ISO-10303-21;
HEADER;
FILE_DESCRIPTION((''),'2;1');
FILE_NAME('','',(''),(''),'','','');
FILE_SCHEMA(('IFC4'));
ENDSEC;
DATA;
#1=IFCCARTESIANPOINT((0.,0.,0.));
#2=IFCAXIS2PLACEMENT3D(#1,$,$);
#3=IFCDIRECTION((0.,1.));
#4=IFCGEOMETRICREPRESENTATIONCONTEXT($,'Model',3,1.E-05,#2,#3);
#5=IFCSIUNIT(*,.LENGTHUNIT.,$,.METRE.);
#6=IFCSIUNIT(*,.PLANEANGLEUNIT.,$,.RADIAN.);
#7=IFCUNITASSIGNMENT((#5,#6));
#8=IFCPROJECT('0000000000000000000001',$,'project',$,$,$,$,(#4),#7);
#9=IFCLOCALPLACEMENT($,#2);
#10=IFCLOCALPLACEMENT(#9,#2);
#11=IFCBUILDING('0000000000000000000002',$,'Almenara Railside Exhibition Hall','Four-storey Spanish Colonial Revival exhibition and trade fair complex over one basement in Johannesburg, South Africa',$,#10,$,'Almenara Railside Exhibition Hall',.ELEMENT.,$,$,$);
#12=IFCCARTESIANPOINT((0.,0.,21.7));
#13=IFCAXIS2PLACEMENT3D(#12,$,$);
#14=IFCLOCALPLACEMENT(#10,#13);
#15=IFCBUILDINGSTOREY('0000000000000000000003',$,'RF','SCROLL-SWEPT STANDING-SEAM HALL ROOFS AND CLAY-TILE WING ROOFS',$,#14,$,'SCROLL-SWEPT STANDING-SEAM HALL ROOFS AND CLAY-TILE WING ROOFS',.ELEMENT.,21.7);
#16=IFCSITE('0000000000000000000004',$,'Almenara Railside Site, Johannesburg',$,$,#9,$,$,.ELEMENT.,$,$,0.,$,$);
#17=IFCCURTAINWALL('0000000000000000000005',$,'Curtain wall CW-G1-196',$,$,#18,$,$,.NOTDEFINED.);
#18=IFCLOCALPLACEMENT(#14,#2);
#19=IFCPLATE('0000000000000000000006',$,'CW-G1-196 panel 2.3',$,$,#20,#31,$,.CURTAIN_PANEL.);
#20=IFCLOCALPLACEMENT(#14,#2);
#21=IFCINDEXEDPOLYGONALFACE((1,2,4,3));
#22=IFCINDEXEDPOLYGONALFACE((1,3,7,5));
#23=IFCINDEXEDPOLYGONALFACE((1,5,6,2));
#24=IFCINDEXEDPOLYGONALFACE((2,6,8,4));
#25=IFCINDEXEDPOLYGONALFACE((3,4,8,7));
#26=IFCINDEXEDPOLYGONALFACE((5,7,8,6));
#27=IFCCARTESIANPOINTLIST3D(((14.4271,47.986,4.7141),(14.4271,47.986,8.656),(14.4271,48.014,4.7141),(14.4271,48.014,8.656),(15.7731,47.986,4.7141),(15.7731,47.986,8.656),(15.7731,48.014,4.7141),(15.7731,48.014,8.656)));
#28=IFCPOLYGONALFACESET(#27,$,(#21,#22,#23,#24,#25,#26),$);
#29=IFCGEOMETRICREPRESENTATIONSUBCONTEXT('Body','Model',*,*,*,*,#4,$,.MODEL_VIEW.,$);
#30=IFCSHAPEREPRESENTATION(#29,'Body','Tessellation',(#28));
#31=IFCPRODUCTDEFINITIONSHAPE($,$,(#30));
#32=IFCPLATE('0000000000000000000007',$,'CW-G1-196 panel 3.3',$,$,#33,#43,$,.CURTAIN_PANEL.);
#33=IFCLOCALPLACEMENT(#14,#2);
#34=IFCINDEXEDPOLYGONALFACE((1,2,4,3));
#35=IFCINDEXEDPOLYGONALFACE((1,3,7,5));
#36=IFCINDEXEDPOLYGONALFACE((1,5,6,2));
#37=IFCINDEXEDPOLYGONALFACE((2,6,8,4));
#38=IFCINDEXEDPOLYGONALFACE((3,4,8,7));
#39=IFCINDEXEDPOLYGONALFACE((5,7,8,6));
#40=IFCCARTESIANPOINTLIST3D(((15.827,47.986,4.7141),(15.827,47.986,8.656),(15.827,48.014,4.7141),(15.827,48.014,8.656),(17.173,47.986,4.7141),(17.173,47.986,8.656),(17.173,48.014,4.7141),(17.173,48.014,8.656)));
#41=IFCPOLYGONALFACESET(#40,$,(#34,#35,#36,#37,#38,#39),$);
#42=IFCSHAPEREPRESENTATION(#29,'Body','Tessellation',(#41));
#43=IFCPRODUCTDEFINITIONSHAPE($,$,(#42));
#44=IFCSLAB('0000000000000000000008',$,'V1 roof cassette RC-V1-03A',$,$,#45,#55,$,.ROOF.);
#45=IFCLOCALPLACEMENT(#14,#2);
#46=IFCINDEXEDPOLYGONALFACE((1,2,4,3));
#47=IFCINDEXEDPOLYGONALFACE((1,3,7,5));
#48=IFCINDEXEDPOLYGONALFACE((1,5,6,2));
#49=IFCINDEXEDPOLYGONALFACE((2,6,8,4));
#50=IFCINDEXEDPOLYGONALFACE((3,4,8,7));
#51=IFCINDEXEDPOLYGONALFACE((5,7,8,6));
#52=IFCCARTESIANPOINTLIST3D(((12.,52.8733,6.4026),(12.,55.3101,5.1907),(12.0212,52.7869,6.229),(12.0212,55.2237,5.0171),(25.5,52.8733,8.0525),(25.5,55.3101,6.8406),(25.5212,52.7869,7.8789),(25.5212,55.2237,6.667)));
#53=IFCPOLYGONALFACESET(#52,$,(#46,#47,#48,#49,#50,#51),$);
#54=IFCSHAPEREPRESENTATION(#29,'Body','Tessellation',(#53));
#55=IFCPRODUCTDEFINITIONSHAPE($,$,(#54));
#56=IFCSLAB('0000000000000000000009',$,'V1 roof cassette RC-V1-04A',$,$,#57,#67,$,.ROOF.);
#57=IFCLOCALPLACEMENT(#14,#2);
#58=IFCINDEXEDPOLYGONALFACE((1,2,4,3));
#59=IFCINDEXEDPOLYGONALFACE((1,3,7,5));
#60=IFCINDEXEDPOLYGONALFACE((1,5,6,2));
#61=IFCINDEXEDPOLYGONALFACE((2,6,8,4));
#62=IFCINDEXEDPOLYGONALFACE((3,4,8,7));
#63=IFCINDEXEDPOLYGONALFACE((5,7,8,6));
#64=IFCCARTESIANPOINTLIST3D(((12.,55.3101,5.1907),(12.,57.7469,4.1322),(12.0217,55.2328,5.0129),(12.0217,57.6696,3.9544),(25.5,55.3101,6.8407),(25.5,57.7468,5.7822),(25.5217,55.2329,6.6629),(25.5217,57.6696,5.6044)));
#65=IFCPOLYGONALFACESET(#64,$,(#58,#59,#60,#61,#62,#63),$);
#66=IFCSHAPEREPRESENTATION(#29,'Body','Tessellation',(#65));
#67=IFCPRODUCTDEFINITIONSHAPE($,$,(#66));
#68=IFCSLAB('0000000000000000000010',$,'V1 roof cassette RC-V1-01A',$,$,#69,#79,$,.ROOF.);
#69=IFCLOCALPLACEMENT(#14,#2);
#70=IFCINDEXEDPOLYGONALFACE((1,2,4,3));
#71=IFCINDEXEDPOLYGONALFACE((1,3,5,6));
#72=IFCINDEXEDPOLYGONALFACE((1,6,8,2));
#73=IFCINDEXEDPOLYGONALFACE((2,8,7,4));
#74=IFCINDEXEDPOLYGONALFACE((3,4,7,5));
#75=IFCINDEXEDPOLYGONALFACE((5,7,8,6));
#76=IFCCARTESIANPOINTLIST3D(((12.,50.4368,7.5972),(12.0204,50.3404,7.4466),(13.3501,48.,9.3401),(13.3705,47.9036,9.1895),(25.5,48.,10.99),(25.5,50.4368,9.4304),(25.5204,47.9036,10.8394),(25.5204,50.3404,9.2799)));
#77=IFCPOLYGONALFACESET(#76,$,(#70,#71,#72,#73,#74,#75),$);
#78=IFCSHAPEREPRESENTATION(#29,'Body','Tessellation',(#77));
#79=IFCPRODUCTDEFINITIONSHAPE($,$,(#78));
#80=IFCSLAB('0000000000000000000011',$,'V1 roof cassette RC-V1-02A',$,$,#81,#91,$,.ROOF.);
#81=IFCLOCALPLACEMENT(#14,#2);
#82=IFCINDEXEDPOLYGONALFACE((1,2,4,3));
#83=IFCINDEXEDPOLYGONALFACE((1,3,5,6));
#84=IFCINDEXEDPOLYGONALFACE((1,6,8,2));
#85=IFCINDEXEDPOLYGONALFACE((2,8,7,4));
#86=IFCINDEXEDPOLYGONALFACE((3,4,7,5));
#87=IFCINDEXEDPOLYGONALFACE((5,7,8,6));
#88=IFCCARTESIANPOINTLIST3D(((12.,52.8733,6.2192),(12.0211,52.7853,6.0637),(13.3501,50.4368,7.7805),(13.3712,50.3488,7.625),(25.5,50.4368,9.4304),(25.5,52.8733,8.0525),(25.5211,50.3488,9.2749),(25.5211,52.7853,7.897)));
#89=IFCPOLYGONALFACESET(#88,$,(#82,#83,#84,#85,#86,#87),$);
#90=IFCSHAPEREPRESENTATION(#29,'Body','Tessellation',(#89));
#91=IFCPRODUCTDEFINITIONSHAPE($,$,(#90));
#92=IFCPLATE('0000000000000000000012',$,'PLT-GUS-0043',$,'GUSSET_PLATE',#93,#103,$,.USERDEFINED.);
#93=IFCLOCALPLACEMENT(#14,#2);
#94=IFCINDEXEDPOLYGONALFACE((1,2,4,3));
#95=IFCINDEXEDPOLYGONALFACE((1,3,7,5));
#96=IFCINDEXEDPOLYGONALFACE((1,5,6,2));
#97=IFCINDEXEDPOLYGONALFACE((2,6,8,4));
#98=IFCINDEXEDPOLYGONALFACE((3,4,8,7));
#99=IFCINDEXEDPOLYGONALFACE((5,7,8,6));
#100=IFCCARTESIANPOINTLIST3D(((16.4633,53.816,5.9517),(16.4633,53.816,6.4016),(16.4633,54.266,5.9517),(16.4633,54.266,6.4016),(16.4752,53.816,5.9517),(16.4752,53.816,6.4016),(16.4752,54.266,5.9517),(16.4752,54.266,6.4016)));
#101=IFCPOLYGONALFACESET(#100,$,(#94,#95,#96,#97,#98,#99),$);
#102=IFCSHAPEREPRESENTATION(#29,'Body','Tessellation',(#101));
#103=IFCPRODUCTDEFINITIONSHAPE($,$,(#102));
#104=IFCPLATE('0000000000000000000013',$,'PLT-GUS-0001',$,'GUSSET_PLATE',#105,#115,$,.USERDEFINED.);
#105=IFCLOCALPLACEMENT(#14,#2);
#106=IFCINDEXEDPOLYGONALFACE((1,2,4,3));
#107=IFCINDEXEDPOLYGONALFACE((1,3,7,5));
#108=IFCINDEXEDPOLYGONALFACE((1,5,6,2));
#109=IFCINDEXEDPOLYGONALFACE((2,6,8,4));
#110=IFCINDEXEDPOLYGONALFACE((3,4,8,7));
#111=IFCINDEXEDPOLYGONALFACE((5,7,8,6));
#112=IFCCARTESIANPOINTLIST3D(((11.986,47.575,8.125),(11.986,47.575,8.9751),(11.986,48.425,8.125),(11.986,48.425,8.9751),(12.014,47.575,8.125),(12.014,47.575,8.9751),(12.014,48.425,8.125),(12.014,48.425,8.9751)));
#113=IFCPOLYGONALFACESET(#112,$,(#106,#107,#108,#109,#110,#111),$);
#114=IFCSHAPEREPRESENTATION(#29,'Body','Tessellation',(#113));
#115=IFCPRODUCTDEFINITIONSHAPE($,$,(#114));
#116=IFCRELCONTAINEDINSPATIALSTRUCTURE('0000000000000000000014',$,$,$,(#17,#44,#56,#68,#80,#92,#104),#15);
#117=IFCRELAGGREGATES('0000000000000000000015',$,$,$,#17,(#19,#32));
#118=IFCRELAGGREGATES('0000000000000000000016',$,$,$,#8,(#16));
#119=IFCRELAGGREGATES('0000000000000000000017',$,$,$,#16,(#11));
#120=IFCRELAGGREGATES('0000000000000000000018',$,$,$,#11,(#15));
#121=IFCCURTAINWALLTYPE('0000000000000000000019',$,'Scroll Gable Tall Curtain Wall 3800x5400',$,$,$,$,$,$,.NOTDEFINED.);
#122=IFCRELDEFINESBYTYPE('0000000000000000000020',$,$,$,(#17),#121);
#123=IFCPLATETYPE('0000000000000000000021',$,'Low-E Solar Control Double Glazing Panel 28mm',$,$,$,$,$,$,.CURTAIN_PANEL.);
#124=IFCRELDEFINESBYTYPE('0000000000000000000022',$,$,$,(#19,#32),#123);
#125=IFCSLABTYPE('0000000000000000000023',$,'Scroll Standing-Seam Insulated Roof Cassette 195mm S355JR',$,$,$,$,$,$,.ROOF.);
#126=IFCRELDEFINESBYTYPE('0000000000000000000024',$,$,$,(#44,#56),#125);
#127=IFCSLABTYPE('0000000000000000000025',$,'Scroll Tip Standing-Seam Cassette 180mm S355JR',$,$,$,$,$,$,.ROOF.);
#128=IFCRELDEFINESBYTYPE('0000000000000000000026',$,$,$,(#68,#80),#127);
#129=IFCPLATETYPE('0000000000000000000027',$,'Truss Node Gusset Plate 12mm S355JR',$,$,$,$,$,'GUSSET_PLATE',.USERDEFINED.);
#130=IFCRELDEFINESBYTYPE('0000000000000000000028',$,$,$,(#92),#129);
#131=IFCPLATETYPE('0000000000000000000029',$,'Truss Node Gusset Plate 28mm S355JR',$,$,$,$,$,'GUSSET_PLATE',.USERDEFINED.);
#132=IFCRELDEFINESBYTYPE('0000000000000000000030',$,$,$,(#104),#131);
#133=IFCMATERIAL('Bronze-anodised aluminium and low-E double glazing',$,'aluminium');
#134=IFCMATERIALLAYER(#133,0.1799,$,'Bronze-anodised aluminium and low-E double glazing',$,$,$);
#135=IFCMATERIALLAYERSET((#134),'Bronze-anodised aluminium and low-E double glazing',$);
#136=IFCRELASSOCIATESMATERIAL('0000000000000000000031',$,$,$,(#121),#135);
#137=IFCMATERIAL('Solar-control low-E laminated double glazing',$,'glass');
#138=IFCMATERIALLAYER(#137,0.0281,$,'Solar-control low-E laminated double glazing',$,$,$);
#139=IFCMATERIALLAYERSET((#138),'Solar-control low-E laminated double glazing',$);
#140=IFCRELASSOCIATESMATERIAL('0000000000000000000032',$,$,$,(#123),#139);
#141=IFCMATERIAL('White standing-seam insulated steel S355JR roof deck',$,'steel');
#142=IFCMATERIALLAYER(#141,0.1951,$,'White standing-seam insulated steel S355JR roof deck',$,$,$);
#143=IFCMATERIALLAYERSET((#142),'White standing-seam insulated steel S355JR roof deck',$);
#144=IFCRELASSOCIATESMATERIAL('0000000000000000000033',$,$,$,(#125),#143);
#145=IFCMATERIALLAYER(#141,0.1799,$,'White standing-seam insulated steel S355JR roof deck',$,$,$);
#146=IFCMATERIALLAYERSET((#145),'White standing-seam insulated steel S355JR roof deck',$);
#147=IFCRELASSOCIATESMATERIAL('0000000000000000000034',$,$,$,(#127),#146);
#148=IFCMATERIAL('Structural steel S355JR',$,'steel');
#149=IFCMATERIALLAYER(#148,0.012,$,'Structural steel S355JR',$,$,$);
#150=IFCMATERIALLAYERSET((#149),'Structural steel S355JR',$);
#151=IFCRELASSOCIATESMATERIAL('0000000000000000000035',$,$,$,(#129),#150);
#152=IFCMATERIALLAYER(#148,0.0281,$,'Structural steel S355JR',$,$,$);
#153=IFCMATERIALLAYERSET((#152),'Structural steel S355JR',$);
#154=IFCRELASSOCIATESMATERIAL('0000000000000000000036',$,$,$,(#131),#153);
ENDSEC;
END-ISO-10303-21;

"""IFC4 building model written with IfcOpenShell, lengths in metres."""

from ifc_helpers import new_model, si_unit, direction, frame, origin, origin_2d, place, context, subcontext, project, spatial, polyline, rectangle, outline, extrude, material, layer, layer_set, type_object, element, aggregate, save


model = new_model("IFC4")

# Units and contexts
model_context = context("Model", 3, precision=1e-05, world=origin(), true_north=direction((0.0, 1.0)))
body_context = subcontext(model_context, "Body", "Model", "MODEL_VIEW")
ifc_project = project(units=[si_unit("LENGTHUNIT", "METRE"), si_unit("PLANEANGLEUNIT", "RADIAN")], contexts=[model_context])

# Site, building, storey
site_placement = place(None, origin())
site = spatial("IfcSite", under=ifc_project, at=site_placement, Name="Almenara Railside Site, Johannesburg", CompositionType="ELEMENT", RefElevation=0.0)
building_placement = place(site_placement, origin())
building = spatial("IfcBuilding", under=site, at=building_placement, Name="Almenara Railside Exhibition Hall", Description="Four-storey Spanish Colonial Revival exhibition and trade fair complex over one basement in Johannesburg, South Africa", LongName="Almenara Railside Exhibition Hall", CompositionType="ELEMENT")
storey_placement = place(building_placement, frame((0.0, 0.0, 21.7)))
storey = spatial("IfcBuildingStorey", under=building, at=storey_placement, Name="RF", Description="SCROLL-SWEPT STANDING-SEAM HALL ROOFS AND CLAY-TILE WING ROOFS", LongName="SCROLL-SWEPT STANDING-SEAM HALL ROOFS AND CLAY-TILE WING ROOFS", CompositionType="ELEMENT", Elevation=21.7)

# Shared definitions
ifc_material_1 = material(Name="Structural steel S355JR", Category="steel")

# Curtain wall
ifc_material_2 = material(Name="Bronze-anodised aluminium and low-E double glazing", Category="aluminium")
ifc_layer_1 = layer(ifc_material_2, 0.1799, Name="Bronze-anodised aluminium and low-E double glazing")
ifc_layer_set_1 = layer_set([ifc_layer_1], Name="Bronze-anodised aluminium and low-E double glazing")
curtain_wall_type_1 = type_object("IfcCurtainWallType", Name="Scroll Gable Tall Curtain Wall 3800x5400", PredefinedType="NOTDEFINED", material=ifc_layer_set_1)
curtain_wall_1_placement = place(storey_placement, origin())
curtain_wall_1 = element("IfcCurtainWall", 1, at=curtain_wall_1_placement, inside=storey, type_object=curtain_wall_type_1, Name="Curtain wall CW-G1-196", PredefinedType="NOTDEFINED")

# Plates
ifc_material_3 = material(Name="Solar-control low-E laminated double glazing", Category="glass")
ifc_layer_2 = layer(ifc_material_3, 0.0281, Name="Solar-control low-E laminated double glazing")
ifc_layer_set_2 = layer_set([ifc_layer_2], Name="Solar-control low-E laminated double glazing")
plate_type_1 = type_object("IfcPlateType", Name="Low-E Solar Control Double Glazing Panel 28mm", PredefinedType="CURTAIN_PANEL", material=ifc_layer_set_2)
plate_1_placement = place(storey_placement, frame((15.1001, 48.0, 4.7141), z_axis=(0.0, 0.0, 1.0), x_axis=(1.0, 0.0, 0.0)))
plate_1 = element("IfcPlate", 2, at=plate_1_placement, type_object=plate_type_1, Name="CW-G1-196 panel 2.3", PredefinedType="CURTAIN_PANEL", context=body_context, shape_type="SweptSolid", body=[
    extrude(rectangle(XDim=1.3459, YDim=0.0281, at=origin_2d()), origin(), (0.0, 0.0, 1.0), 3.9419),
])
plate_2_placement = place(storey_placement, frame((16.5, 48.0, 4.7141), z_axis=(0.0, 0.0, 1.0), x_axis=(1.0, 0.0, 0.0)))
plate_2 = element("IfcPlate", 3, at=plate_2_placement, type_object=plate_type_1, Name="CW-G1-196 panel 3.3", PredefinedType="CURTAIN_PANEL", context=body_context, shape_type="SweptSolid", body=[
    extrude(rectangle(XDim=1.3459, YDim=0.0281, at=origin_2d()), origin(), (0.0, 0.0, 1.0), 3.9419),
])
aggregate(curtain_wall_1, [plate_1, plate_2])

# Slabs
ifc_material_4 = material(Name="White standing-seam insulated steel S355JR roof deck", Category="steel")
ifc_layer_3 = layer(ifc_material_4, 0.1951, Name="White standing-seam insulated steel S355JR roof deck")
ifc_layer_set_3 = layer_set([ifc_layer_3], Name="White standing-seam insulated steel S355JR roof deck")
slab_type_1 = type_object("IfcSlabType", Name="Scroll Standing-Seam Insulated Roof Cassette 195mm S355JR", PredefinedType="ROOF", material=ifc_layer_set_3)
slab_1_placement = place(storey_placement, frame((12.0, 52.8733, 6.4026), z_axis=(-0.108779, 0.442668, 0.890063), x_axis=(0.992614, 0.0, 0.121312)))
element("IfcSlab", 4, at=slab_1_placement, inside=storey, type_object=slab_type_1, Name="V1 roof cassette RC-V1-03A", PredefinedType="ROOF", context=body_context, shape_type="SweptSolid", body=[
    extrude(outline(polyline([(0.0, 0.0), (13.6004, 0.0), (13.4534, 2.7175), (-0.147, 2.7175), (0.0, 0.0)])), origin(), (0.0, 0.0, -1.0), 0.1951),
])
slab_2_placement = place(storey_placement, frame((12.0, 55.3101, 5.1907), z_axis=(-0.111407, 0.395932, 0.911497), x_axis=(0.992613, 0.000003, 0.12132)))
element("IfcSlab", 5, at=slab_2_placement, inside=storey, type_object=slab_type_1, Name="V1 roof cassette RC-V1-04A", PredefinedType="ROOF", context=body_context, shape_type="SweptSolid", body=[
    extrude(outline(polyline([(0.0, 0.0), (13.6004, 0.0), (13.4721, 2.6536), (-0.1284, 2.6537), (0.0, 0.0)])), origin(), (0.0, 0.0, -1.0), 0.1951),
])
ifc_layer_4 = layer(ifc_material_4, 0.1799, Name="White standing-seam insulated steel S355JR roof deck")
ifc_layer_set_4 = layer_set([ifc_layer_4], Name="White standing-seam insulated steel S355JR roof deck")
slab_type_2 = type_object("IfcSlabType", Name="Scroll Tip Standing-Seam Cassette 180mm S355JR", PredefinedType="ROOF", material=ifc_layer_set_4)
slab_3_placement = place(storey_placement, frame((13.3501, 48.0, 9.3401), z_axis=(-0.113635, 0.535573, 0.836809), x_axis=(0.990905, 0.0, 0.134561)))
element("IfcSlab", 6, at=slab_3_placement, inside=storey, type_object=slab_type_2, Name="V1 roof cassette RC-V1-01A", PredefinedType="ROOF", context=body_context, shape_type="SweptSolid", body=[
    extrude(outline(polyline([(0.0, 0.0), (12.2614, 0.0), (12.0516, 2.8855), (-1.5723, 2.8855), (0.0, 0.0)])), origin(), (0.0, 0.0, -1.0), 0.1799),
])
slab_4_placement = place(storey_placement, frame((13.3501, 50.4368, 7.7805), z_axis=(-0.117386, 0.488862, 0.864427), x_axis=(0.990905, 0.0, 0.134561)))
element("IfcSlab", 7, at=slab_4_placement, inside=storey, type_object=slab_type_2, Name="V1 roof cassette RC-V1-02A", PredefinedType="ROOF", context=body_context, shape_type="SweptSolid", body=[
    extrude(outline(polyline([(0.0, 0.0), (12.2614, 0.0), (12.076, 2.793), (-1.5479, 2.793), (0.0, 0.0)])), origin(), (0.0, 0.0, -1.0), 0.1799),
])

# Plates
ifc_layer_5 = layer(ifc_material_1, 0.012, Name="Structural steel S355JR")
ifc_layer_set_5 = layer_set([ifc_layer_5], Name="Structural steel S355JR")
plate_type_2 = type_object("IfcPlateType", Name="Truss Node Gusset Plate 12mm S355JR", ElementType="GUSSET_PLATE", PredefinedType="USERDEFINED", material=ifc_layer_set_5)
plate_3_placement = place(storey_placement, frame((16.4692, 54.041, 5.9517), z_axis=(0.0, 0.0, 1.0), x_axis=(0.0, 1.0, 0.0)))
element("IfcPlate", 8, at=plate_3_placement, inside=storey, type_object=plate_type_2, Name="PLT-GUS-0043", ObjectType="GUSSET_PLATE", PredefinedType="USERDEFINED", context=body_context, shape_type="SweptSolid", body=[
    extrude(rectangle(XDim=0.45, YDim=0.012, at=origin_2d()), origin(), (0.0, 0.0, 1.0), 0.45),
])
ifc_layer_6 = layer(ifc_material_1, 0.0281, Name="Structural steel S355JR")
ifc_layer_set_6 = layer_set([ifc_layer_6], Name="Structural steel S355JR")
plate_type_3 = type_object("IfcPlateType", Name="Truss Node Gusset Plate 28mm S355JR", ElementType="GUSSET_PLATE", PredefinedType="USERDEFINED", material=ifc_layer_set_6)
plate_4_placement = place(storey_placement, frame((12.0, 48.0, 8.125), z_axis=(0.0, 0.0, 1.0), x_axis=(0.0, 1.0, 0.0)))
element("IfcPlate", 9, at=plate_4_placement, inside=storey, type_object=plate_type_3, Name="PLT-GUS-0001", ObjectType="GUSSET_PLATE", PredefinedType="USERDEFINED", context=body_context, shape_type="SweptSolid", body=[
    extrude(rectangle(XDim=0.8501, YDim=0.0281, at=origin_2d()), origin(), (0.0, 0.0, 1.0), 0.8501),
])

save(model, "model.ifc")
